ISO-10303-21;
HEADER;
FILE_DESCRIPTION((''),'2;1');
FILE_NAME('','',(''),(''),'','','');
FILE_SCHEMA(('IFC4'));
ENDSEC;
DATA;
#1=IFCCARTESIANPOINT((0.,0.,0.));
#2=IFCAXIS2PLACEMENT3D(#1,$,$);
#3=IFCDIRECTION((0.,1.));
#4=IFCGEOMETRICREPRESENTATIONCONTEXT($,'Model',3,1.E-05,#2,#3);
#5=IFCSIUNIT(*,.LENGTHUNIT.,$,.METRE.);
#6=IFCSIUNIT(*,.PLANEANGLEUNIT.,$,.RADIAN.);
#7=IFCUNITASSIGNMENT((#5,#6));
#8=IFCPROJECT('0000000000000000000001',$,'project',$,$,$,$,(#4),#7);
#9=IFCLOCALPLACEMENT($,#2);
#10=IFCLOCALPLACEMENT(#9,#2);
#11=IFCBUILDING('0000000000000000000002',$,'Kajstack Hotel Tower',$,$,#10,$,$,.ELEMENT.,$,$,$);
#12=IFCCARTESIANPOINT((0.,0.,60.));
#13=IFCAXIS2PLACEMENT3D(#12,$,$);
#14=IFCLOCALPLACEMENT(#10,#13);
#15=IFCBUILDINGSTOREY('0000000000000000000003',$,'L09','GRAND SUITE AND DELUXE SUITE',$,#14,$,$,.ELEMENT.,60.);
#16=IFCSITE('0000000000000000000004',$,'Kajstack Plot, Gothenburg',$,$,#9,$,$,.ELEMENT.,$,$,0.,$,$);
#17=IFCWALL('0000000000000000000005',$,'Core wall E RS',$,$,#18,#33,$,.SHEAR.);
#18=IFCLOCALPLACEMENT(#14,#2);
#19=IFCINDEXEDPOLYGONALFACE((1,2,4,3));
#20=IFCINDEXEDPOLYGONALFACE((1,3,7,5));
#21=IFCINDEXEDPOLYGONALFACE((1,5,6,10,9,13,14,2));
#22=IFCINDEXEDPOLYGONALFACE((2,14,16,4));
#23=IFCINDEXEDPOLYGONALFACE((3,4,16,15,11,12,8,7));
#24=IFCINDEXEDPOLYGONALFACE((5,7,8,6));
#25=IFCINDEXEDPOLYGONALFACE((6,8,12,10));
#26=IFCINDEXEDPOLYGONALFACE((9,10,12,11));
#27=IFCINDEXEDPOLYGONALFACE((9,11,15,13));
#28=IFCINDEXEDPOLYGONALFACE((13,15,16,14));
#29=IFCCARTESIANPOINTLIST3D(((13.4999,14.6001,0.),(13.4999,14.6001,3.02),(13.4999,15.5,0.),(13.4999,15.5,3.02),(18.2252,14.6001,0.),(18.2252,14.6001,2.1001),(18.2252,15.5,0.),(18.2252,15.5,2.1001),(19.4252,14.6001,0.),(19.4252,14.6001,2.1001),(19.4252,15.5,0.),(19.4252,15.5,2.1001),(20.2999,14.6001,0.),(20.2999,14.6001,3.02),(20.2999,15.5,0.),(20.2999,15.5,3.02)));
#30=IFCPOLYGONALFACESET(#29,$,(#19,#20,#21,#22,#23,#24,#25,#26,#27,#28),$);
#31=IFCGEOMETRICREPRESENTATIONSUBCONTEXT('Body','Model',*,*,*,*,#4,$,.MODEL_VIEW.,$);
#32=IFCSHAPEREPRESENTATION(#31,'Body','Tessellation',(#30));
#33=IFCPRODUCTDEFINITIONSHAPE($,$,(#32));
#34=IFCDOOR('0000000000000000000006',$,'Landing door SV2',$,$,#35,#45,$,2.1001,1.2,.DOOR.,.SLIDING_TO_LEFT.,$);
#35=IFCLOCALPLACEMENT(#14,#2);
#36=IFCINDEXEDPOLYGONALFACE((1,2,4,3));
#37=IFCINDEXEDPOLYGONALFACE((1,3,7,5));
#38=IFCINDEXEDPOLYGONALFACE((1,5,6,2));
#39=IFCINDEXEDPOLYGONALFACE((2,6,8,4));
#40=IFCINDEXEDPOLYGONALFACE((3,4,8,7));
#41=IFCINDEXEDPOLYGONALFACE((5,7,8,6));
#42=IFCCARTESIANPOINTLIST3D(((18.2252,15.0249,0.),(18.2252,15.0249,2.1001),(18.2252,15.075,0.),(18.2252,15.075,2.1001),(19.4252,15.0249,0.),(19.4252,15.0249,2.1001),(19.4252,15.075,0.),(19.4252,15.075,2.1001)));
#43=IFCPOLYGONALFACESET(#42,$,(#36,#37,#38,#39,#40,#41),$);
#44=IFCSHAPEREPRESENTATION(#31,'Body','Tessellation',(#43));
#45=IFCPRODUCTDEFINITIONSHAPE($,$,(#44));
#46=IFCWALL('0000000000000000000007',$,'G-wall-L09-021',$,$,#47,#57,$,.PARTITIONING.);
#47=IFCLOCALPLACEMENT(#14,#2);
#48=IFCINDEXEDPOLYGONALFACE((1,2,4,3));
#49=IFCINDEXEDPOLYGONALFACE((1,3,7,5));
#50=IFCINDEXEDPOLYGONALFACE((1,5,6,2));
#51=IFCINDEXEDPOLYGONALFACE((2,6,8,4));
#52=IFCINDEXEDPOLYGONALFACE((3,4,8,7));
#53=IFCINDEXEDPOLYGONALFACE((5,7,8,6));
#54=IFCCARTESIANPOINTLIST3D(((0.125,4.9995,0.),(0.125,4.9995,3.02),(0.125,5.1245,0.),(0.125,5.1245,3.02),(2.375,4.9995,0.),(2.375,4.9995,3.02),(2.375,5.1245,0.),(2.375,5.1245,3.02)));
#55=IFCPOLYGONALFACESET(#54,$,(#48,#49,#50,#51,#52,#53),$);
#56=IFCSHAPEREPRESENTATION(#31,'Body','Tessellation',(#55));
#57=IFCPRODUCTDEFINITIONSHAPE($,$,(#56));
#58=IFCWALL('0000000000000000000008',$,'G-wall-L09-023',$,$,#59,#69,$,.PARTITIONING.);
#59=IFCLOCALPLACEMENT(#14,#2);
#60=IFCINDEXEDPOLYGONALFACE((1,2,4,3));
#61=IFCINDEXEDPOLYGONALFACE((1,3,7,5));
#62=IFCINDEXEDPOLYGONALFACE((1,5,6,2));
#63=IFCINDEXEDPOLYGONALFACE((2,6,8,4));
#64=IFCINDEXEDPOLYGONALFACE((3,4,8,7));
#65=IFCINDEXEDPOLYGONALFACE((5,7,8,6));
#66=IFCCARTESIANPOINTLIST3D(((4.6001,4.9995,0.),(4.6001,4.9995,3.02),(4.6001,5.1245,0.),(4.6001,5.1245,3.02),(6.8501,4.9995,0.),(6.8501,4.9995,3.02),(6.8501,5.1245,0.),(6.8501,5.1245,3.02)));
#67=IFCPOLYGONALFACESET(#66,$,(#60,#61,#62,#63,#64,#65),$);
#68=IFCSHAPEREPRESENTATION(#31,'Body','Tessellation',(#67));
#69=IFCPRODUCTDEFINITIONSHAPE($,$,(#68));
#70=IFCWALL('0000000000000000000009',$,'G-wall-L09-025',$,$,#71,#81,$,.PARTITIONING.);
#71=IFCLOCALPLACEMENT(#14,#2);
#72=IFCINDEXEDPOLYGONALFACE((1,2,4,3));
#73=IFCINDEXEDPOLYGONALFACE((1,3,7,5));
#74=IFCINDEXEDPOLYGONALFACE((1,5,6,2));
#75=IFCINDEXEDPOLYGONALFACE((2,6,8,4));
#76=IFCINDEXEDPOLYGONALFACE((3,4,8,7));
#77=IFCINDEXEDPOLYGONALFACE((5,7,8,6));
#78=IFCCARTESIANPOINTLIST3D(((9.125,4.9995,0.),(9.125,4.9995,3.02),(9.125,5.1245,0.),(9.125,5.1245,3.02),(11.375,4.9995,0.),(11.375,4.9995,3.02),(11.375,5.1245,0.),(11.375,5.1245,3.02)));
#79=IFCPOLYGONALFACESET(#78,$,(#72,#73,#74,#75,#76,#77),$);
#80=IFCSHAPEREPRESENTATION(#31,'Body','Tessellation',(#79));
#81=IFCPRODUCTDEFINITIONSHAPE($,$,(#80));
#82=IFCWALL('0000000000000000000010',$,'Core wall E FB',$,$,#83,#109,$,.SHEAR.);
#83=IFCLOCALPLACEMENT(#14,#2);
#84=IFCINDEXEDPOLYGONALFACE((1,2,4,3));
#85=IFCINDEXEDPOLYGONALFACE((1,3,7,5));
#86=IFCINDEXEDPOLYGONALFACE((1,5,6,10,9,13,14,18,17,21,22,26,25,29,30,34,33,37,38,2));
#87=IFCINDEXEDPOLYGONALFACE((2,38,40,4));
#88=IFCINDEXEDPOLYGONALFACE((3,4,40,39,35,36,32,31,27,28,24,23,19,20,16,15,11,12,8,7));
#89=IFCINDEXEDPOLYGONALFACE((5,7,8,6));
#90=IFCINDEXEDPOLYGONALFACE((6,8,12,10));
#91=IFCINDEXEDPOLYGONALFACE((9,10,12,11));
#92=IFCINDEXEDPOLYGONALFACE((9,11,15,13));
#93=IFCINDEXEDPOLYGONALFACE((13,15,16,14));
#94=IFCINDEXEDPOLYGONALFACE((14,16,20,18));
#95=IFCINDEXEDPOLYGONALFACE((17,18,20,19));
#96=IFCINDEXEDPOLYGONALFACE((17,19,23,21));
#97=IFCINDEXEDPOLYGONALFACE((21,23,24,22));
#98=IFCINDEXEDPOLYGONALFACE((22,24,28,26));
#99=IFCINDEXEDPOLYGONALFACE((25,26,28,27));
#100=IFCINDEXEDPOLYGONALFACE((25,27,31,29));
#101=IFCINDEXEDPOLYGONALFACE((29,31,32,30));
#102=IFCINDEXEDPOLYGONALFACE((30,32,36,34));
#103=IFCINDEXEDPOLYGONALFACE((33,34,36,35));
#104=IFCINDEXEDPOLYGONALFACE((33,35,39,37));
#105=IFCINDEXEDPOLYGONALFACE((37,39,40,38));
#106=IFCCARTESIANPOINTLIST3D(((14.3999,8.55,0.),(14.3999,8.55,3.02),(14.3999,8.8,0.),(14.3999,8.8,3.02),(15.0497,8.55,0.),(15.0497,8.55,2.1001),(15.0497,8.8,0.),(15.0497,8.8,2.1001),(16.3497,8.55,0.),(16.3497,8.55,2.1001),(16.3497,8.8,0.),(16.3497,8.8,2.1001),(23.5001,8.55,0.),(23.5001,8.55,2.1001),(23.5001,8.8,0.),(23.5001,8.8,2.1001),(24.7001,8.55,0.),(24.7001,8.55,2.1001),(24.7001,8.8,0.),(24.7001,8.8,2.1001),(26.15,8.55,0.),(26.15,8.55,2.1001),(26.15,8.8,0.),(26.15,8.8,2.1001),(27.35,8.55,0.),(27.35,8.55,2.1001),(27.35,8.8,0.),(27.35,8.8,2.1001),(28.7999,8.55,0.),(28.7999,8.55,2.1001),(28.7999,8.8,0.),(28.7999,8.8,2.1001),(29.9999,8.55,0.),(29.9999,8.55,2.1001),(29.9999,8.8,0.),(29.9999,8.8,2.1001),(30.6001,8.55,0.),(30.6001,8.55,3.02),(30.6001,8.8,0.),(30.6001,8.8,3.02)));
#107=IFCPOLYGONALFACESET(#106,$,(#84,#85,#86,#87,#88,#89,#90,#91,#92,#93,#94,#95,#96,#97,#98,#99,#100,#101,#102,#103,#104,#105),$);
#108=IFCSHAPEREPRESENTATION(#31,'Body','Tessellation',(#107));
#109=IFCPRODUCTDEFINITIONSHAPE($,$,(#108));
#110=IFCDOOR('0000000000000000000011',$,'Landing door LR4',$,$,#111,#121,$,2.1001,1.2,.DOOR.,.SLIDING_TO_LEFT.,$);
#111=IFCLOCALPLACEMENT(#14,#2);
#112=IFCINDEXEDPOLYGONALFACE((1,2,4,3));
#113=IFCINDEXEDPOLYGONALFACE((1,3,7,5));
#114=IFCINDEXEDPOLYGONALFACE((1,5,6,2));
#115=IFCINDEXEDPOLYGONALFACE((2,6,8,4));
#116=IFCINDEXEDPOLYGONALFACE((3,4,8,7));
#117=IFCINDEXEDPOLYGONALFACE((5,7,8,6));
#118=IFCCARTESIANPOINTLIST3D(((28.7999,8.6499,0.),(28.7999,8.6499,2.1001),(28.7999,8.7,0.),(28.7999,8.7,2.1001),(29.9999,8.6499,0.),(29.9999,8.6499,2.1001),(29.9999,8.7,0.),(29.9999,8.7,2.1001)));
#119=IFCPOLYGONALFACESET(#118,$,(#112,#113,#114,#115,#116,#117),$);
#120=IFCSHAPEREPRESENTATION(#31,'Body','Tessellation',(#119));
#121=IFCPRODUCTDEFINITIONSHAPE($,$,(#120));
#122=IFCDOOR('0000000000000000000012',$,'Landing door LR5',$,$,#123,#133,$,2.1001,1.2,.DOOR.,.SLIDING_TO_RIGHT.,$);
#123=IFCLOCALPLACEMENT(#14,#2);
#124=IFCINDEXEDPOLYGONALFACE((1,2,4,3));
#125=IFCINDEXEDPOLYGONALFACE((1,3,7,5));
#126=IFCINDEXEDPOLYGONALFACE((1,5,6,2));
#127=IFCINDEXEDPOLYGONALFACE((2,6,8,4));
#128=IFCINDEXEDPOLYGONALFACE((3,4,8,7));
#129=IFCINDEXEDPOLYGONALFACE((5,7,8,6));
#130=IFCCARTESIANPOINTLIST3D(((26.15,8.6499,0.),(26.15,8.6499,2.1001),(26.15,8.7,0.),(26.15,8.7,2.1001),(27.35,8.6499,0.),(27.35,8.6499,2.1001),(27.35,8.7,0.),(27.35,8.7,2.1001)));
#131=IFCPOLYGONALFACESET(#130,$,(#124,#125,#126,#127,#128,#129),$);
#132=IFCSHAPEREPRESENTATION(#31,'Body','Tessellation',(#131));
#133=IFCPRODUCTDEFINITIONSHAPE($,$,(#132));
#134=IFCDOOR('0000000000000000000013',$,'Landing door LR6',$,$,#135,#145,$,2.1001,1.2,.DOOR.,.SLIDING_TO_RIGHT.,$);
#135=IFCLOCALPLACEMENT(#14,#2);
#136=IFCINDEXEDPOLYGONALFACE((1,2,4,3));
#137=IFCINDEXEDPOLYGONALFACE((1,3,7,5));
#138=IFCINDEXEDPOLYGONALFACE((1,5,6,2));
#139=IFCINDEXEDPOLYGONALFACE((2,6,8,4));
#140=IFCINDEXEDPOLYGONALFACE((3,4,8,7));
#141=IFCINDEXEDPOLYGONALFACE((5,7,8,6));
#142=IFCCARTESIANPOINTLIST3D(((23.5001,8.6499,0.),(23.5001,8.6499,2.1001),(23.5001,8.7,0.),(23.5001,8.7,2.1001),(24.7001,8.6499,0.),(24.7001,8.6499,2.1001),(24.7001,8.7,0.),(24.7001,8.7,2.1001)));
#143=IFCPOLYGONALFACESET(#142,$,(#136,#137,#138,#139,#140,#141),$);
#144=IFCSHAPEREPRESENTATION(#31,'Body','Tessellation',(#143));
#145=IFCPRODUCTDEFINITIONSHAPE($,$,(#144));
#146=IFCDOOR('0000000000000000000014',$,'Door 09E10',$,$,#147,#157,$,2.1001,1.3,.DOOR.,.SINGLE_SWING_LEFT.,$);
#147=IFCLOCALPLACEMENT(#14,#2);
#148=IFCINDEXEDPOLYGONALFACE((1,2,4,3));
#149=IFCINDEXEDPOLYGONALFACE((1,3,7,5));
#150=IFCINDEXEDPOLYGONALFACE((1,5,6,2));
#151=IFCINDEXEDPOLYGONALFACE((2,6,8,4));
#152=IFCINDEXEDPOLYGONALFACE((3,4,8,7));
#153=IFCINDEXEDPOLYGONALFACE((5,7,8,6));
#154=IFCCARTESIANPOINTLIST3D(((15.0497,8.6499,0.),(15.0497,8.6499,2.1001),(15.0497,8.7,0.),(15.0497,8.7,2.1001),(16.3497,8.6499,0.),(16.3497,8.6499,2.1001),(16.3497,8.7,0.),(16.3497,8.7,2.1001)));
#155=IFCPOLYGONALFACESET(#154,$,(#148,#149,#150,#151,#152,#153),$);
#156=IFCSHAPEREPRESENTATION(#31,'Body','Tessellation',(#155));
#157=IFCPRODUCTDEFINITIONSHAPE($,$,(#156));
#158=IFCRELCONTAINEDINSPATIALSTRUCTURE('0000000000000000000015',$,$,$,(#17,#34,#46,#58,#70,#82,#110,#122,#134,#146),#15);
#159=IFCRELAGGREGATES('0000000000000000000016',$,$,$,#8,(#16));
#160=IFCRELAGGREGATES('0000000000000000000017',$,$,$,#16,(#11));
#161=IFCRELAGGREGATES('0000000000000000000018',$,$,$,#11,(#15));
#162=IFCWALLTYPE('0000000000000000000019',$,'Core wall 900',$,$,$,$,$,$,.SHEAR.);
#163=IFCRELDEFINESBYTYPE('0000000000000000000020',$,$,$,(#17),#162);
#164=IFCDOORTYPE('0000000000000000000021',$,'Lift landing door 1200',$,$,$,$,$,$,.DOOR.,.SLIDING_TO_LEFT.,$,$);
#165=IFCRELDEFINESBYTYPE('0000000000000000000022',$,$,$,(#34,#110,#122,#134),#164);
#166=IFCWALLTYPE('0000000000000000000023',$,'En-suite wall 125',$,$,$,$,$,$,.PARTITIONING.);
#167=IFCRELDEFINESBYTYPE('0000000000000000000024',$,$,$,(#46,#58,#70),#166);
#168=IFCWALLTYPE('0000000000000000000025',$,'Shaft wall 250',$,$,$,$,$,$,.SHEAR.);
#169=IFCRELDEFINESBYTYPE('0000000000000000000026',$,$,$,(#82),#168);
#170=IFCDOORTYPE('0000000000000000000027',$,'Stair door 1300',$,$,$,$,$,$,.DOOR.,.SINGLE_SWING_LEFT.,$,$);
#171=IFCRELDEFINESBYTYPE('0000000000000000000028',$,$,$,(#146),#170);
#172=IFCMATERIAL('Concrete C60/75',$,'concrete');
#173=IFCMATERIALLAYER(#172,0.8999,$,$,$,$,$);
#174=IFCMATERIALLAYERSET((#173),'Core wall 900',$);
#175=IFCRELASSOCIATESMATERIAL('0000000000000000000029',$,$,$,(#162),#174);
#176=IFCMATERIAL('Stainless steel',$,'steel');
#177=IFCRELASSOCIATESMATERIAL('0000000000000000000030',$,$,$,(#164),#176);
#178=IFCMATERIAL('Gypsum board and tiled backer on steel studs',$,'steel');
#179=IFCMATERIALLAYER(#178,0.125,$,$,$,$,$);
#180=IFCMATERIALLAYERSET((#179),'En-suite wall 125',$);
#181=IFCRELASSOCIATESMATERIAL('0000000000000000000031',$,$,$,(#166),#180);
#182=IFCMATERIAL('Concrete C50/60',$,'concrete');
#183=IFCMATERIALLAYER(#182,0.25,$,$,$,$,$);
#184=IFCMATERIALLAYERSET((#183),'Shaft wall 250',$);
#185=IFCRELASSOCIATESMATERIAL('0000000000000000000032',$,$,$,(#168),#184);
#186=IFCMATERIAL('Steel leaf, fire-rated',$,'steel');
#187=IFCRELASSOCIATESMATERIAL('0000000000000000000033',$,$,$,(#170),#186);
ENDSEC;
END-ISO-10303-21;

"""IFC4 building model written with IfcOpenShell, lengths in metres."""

from ifc_helpers import new_model, si_unit, direction, frame, frame_2d, origin, place, context, subcontext, project, spatial, rectangle, extrude, material, layer, layer_set, type_object, element, fill, save


model = new_model("IFC4")

# Units and contexts
model_context = context("Model", 3, precision=1e-05, world=origin(), true_north=direction((0.0, 1.0)))
body_context = subcontext(model_context, "Body", "Model", "MODEL_VIEW")
ifc_project = project(units=[si_unit("LENGTHUNIT", "METRE"), si_unit("PLANEANGLEUNIT", "RADIAN")], contexts=[model_context])

# Site, building, storey
site_placement = place(None, origin())
site = spatial("IfcSite", under=ifc_project, at=site_placement, Name="Kajstack Plot, Gothenburg", CompositionType="ELEMENT", RefElevation=0.0)
building_placement = place(site_placement, origin())
building = spatial("IfcBuilding", under=site, at=building_placement, Name="Kajstack Hotel Tower", CompositionType="ELEMENT")
storey_placement = place(building_placement, frame((0.0, 0.0, 60.0)))
storey = spatial("IfcBuildingStorey", under=building, at=storey_placement, Name="L09", Description="GRAND SUITE AND DELUXE SUITE", CompositionType="ELEMENT", Elevation=60.0)

# Wall, opening, door
ifc_material_1 = material(Name="Concrete C60/75", Category="concrete")
ifc_layer_1 = layer(ifc_material_1, 0.8999)
ifc_layer_set_1 = layer_set([ifc_layer_1], Name="Core wall 900")
wall_type_1 = type_object("IfcWallType", Name="Core wall 900", PredefinedType="SHEAR", material=ifc_layer_set_1)
wall_1_placement = place(storey_placement, frame((13.5, 15.05, 0.0), z_axis=(0.0, 0.0, 1.0), x_axis=(1.0, 0.0, 0.0)))
wall_1 = element("IfcWall", 1, at=wall_1_placement, inside=storey, type_object=wall_type_1, Name="Core wall E RS", PredefinedType="SHEAR", context=body_context, shape_type="SweptSolid", body=[
    extrude(rectangle(XDim=6.8, YDim=0.8999, at=frame_2d((3.3999, 0.0))), origin(), (0.0, 0.0, 1.0), 3.02),
])
opening_1_placement = place(wall_1_placement, frame((4.7251, 0.0, 0.0)))
opening_1 = element("IfcOpeningElement", 2, at=opening_1_placement, cuts=wall_1, PredefinedType="OPENING", context=body_context, shape_type="SweptSolid", body=[
    extrude(rectangle(XDim=1.2, YDim=2.1001, at=frame_2d((0.6001, 1.05))), frame((0.0, 0.46, 0.0), z_axis=(0.0, -1.0, 0.0), x_axis=(1.0, 0.0, 0.0)), (0.0, 0.0, 1.0), 0.9199),
])
ifc_material_2 = material(Name="Stainless steel", Category="steel")
door_type_1 = type_object("IfcDoorType", Name="Lift landing door 1200", OperationType="SLIDING_TO_LEFT", PredefinedType="DOOR", material=ifc_material_2)
door_1_placement = place(opening_1_placement, origin())
door_1 = element("IfcDoor", 3, at=door_1_placement, inside=storey, type_object=door_type_1, Name="Landing door SV2", OperationType="SLIDING_TO_LEFT", OverallHeight=2.1001, OverallWidth=1.2, PredefinedType="DOOR", context=body_context, shape_type="SweptSolid", body=[
    extrude(rectangle(XDim=1.2, YDim=2.1001, at=frame_2d((0.6001, 1.05))), frame((0.0, 0.0249, 0.0), z_axis=(0.0, -1.0, 0.0), x_axis=(1.0, 0.0, 0.0)), (0.0, 0.0, 1.0), 0.05),
])
fill(opening_1, door_1)

# Walls
ifc_material_3 = material(Name="Gypsum board and tiled backer on steel studs", Category="steel")
ifc_layer_2 = layer(ifc_material_3, 0.125)
ifc_layer_set_2 = layer_set([ifc_layer_2], Name="En-suite wall 125")
wall_type_2 = type_object("IfcWallType", Name="En-suite wall 125", PredefinedType="PARTITIONING", material=ifc_layer_set_2)
for number, where, z_axis, x_axis, name in (
    (4, (0.125, 5.062, 0.0), (0.0, 0.0, 1.0), (1.0, 0.0, 0.0), "G-wall-L09-021"),
    (5, (4.6001, 5.062, 0.0), (0.0, 0.0, 1.0), (1.0, 0.0, 0.0), "G-wall-L09-023"),
    (6, (9.125, 5.062, 0.0), (0.0, 0.0, 1.0), (1.0, 0.0, 0.0), "G-wall-L09-025"),
):
    element("IfcWall", number, at=place(storey_placement, frame(where, z_axis=z_axis, x_axis=x_axis)), inside=storey, type_object=wall_type_2, Name=name, PredefinedType="PARTITIONING", context=body_context, shape_type="SweptSolid", body=[
        extrude(rectangle(XDim=2.25, YDim=0.125, at=frame_2d((1.125, 0.0))), origin(), (0.0, 0.0, 1.0), 3.02),
    ])

# Wall, openings, doors
ifc_material_4 = material(Name="Concrete C50/60", Category="concrete")
ifc_layer_3 = layer(ifc_material_4, 0.25)
ifc_layer_set_3 = layer_set([ifc_layer_3], Name="Shaft wall 250")
wall_type_3 = type_object("IfcWallType", Name="Shaft wall 250", PredefinedType="SHEAR", material=ifc_layer_set_3)
wall_2_placement = place(storey_placement, frame((14.3999, 8.675, 0.0), z_axis=(0.0, 0.0, 1.0), x_axis=(1.0, 0.0, 0.0)))
wall_2 = element("IfcWall", 7, at=wall_2_placement, inside=storey, type_object=wall_type_3, Name="Core wall E FB", PredefinedType="SHEAR", context=body_context, shape_type="SweptSolid", body=[
    extrude(rectangle(XDim=16.2002, YDim=0.25, at=frame_2d((8.1001, 0.0))), origin(), (0.0, 0.0, 1.0), 3.02),
])
opening_2_placement = place(wall_2_placement, frame((14.3999, 0.0, 0.0)))
opening_2 = element("IfcOpeningElement", 8, at=opening_2_placement, cuts=wall_2, PredefinedType="OPENING", context=body_context, shape_type="SweptSolid", body=[
    extrude(rectangle(XDim=1.2, YDim=2.1001, at=frame_2d((0.6001, 1.05))), frame((0.0, 0.135, 0.0), z_axis=(0.0, -1.0, 0.0), x_axis=(1.0, 0.0, 0.0)), (0.0, 0.0, 1.0), 0.27),
])
opening_3_placement = place(wall_2_placement, frame((11.75, 0.0, 0.0)))
opening_3 = element("IfcOpeningElement", 9, at=opening_3_placement, cuts=wall_2, PredefinedType="OPENING", context=body_context, shape_type="SweptSolid", body=[
    extrude(rectangle(XDim=1.2, YDim=2.1001, at=frame_2d((0.6001, 1.05))), frame((0.0, 0.135, 0.0), z_axis=(0.0, -1.0, 0.0), x_axis=(1.0, 0.0, 0.0)), (0.0, 0.0, 1.0), 0.27),
])
opening_4_placement = place(wall_2_placement, frame((9.1001, 0.0, 0.0)))
opening_4 = element("IfcOpeningElement", 10, at=opening_4_placement, cuts=wall_2, PredefinedType="OPENING", context=body_context, shape_type="SweptSolid", body=[
    extrude(rectangle(XDim=1.2, YDim=2.1001, at=frame_2d((0.6001, 1.05))), frame((0.0, 0.135, 0.0), z_axis=(0.0, -1.0, 0.0), x_axis=(1.0, 0.0, 0.0)), (0.0, 0.0, 1.0), 0.27),
])
opening_5_placement = place(wall_2_placement, frame((0.6499, 0.0, 0.0)))
opening_5 = element("IfcOpeningElement", 11, at=opening_5_placement, cuts=wall_2, PredefinedType="OPENING", context=body_context, shape_type="SweptSolid", body=[
    extrude(rectangle(XDim=1.3, YDim=2.1001, at=frame_2d((0.6499, 1.05))), frame((0.0, 0.135, 0.0), z_axis=(0.0, -1.0, 0.0), x_axis=(1.0, 0.0, 0.0)), (0.0, 0.0, 1.0), 0.27),
])
door_2_placement = place(opening_2_placement, origin())
door_2 = element("IfcDoor", 12, at=door_2_placement, inside=storey, type_object=door_type_1, Name="Landing door LR4", OperationType="SLIDING_TO_LEFT", OverallHeight=2.1001, OverallWidth=1.2, PredefinedType="DOOR", context=body_context, shape_type="SweptSolid", body=[
    extrude(rectangle(XDim=1.2, YDim=2.1001, at=frame_2d((0.6001, 1.05))), frame((0.0, 0.0249, 0.0), z_axis=(0.0, -1.0, 0.0), x_axis=(1.0, 0.0, 0.0)), (0.0, 0.0, 1.0), 0.05),
])
fill(opening_2, door_2)
door_3_placement = place(opening_3_placement, origin())
door_3 = element("IfcDoor", 13, at=door_3_placement, inside=storey, type_object=door_type_1, Name="Landing door LR5", OperationType="SLIDING_TO_RIGHT", OverallHeight=2.1001, OverallWidth=1.2, PredefinedType="DOOR", context=body_context, shape_type="SweptSolid", body=[
    extrude(rectangle(XDim=1.2, YDim=2.1001, at=frame_2d((0.6001, 1.05))), frame((0.0, 0.0249, 0.0), z_axis=(0.0, -1.0, 0.0), x_axis=(1.0, 0.0, 0.0)), (0.0, 0.0, 1.0), 0.05),
])
fill(opening_3, door_3)
door_4_placement = place(opening_4_placement, origin())
door_4 = element("IfcDoor", 14, at=door_4_placement, inside=storey, type_object=door_type_1, Name="Landing door LR6", OperationType="SLIDING_TO_RIGHT", OverallHeight=2.1001, OverallWidth=1.2, PredefinedType="DOOR", context=body_context, shape_type="SweptSolid", body=[
    extrude(rectangle(XDim=1.2, YDim=2.1001, at=frame_2d((0.6001, 1.05))), frame((0.0, 0.0249, 0.0), z_axis=(0.0, -1.0, 0.0), x_axis=(1.0, 0.0, 0.0)), (0.0, 0.0, 1.0), 0.05),
])
fill(opening_4, door_4)
ifc_material_5 = material(Name="Steel leaf, fire-rated", Category="steel")
door_type_2 = type_object("IfcDoorType", Name="Stair door 1300", OperationType="SINGLE_SWING_LEFT", PredefinedType="DOOR", material=ifc_material_5)
door_5_placement = place(opening_5_placement, origin())
door_5 = element("IfcDoor", 15, at=door_5_placement, inside=storey, type_object=door_type_2, Name="Door 09E10", OperationType="SINGLE_SWING_LEFT", OverallHeight=2.1001, OverallWidth=1.3, PredefinedType="DOOR", context=body_context, shape_type="SweptSolid", body=[
    extrude(rectangle(XDim=1.3, YDim=2.1001, at=frame_2d((0.6499, 1.05))), frame((0.0, 0.0249, 0.0), z_axis=(0.0, -1.0, 0.0), x_axis=(1.0, 0.0, 0.0)), (0.0, 0.0, 1.0), 0.05),
])
fill(opening_5, door_5)

save(model, "model.ifc")
